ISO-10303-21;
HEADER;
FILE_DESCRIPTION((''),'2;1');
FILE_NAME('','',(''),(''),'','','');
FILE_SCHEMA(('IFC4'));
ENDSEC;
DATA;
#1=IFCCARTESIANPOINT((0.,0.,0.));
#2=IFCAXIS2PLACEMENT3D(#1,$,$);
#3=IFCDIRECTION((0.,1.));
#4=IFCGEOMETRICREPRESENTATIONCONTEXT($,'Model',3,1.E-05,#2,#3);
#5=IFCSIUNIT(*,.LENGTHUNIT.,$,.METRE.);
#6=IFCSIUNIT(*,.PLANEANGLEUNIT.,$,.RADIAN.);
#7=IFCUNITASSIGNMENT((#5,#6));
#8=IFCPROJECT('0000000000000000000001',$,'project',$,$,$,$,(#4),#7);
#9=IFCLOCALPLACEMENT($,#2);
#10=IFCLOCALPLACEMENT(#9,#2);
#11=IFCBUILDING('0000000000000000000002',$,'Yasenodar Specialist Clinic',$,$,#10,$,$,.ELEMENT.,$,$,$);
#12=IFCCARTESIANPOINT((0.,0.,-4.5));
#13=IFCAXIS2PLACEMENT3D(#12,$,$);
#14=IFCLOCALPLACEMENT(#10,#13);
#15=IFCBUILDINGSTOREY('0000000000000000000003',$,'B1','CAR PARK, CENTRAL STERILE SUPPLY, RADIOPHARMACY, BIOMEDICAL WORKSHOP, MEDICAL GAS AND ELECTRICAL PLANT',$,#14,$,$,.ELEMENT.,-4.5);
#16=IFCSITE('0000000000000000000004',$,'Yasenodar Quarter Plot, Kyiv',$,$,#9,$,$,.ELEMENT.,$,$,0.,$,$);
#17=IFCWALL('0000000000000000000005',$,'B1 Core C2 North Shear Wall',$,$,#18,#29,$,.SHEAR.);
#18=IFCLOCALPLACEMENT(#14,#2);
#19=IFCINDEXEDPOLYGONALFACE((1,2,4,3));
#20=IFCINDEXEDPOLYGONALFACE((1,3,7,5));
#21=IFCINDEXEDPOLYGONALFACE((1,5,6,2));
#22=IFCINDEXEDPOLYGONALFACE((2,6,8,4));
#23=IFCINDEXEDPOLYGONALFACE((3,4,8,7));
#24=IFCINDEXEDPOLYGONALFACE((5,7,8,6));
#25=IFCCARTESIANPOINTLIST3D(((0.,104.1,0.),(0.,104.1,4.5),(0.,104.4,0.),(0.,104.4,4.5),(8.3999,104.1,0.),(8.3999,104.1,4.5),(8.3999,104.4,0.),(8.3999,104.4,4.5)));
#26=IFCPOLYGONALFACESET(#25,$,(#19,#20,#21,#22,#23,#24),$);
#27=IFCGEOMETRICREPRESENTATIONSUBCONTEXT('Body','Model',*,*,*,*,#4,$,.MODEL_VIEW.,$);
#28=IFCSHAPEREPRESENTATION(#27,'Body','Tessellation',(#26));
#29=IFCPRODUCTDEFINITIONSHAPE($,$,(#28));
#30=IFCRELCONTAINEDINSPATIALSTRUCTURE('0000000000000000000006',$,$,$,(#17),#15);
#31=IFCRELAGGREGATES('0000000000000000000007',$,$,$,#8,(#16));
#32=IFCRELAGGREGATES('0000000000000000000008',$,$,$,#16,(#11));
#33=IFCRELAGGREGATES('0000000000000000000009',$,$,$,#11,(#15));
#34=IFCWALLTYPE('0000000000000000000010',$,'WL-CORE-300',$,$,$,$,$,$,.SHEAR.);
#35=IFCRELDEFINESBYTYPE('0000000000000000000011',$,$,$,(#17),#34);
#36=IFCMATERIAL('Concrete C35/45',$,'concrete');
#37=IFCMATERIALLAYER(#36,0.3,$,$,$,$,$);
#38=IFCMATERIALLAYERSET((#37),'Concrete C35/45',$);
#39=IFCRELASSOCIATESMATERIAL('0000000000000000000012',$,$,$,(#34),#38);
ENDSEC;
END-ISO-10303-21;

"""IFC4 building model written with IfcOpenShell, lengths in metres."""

from ifc_helpers import new_model, si_unit, direction, frame, frame_2d, origin, place, context, subcontext, project, spatial, rectangle, extrude, material, layer, layer_set, type_object, element, save


model = new_model("IFC4")

# Units and contexts
model_context = context("Model", 3, precision=1e-05, world=origin(), true_north=direction((0.0, 1.0)))
body_context = subcontext(model_context, "Body", "Model", "MODEL_VIEW")
ifc_project = project(units=[si_unit("LENGTHUNIT", "METRE"), si_unit("PLANEANGLEUNIT", "RADIAN")], contexts=[model_context])

# Site, building, storey
site_placement = place(None, origin())
site = spatial("IfcSite", under=ifc_project, at=site_placement, Name="Yasenodar Quarter Plot, Kyiv", CompositionType="ELEMENT", RefElevation=0.0)
building_placement = place(site_placement, origin())
building = spatial("IfcBuilding", under=site, at=building_placement, Name="Yasenodar Specialist Clinic", CompositionType="ELEMENT")
storey_placement = place(building_placement, frame((0.0, 0.0, -4.5)))
storey = spatial("IfcBuildingStorey", under=building, at=storey_placement, Name="B1", Description="CAR PARK, CENTRAL STERILE SUPPLY, RADIOPHARMACY, BIOMEDICAL WORKSHOP, MEDICAL GAS AND ELECTRICAL PLANT", CompositionType="ELEMENT", Elevation=-4.5)

# Shared definitions
ifc_material_1 = material(Name="Concrete C35/45", Category="concrete")

# Wall
ifc_layer_1 = layer(ifc_material_1, 0.3)
ifc_layer_set_1 = layer_set([ifc_layer_1], Name="Concrete C35/45")
wall_type_1 = type_object("IfcWallType", Name="WL-CORE-300", PredefinedType="SHEAR", material=ifc_layer_set_1)
wall_1_placement = place(storey_placement, frame((0.0, 104.25, 0.0), z_axis=(0.0, 0.0, 1.0), x_axis=(1.0, 0.0, 0.0)))
element("IfcWall", 1, at=wall_1_placement, inside=storey, type_object=wall_type_1, Name="B1 Core C2 North Shear Wall", PredefinedType="SHEAR", context=body_context, shape_type="SweptSolid", body=[
    extrude(rectangle(XDim=8.3999, YDim=0.3, at=frame_2d((4.2, 0.0))), origin(), (0.0, 0.0, 1.0), 4.5),
])

save(model, "model.ifc")
